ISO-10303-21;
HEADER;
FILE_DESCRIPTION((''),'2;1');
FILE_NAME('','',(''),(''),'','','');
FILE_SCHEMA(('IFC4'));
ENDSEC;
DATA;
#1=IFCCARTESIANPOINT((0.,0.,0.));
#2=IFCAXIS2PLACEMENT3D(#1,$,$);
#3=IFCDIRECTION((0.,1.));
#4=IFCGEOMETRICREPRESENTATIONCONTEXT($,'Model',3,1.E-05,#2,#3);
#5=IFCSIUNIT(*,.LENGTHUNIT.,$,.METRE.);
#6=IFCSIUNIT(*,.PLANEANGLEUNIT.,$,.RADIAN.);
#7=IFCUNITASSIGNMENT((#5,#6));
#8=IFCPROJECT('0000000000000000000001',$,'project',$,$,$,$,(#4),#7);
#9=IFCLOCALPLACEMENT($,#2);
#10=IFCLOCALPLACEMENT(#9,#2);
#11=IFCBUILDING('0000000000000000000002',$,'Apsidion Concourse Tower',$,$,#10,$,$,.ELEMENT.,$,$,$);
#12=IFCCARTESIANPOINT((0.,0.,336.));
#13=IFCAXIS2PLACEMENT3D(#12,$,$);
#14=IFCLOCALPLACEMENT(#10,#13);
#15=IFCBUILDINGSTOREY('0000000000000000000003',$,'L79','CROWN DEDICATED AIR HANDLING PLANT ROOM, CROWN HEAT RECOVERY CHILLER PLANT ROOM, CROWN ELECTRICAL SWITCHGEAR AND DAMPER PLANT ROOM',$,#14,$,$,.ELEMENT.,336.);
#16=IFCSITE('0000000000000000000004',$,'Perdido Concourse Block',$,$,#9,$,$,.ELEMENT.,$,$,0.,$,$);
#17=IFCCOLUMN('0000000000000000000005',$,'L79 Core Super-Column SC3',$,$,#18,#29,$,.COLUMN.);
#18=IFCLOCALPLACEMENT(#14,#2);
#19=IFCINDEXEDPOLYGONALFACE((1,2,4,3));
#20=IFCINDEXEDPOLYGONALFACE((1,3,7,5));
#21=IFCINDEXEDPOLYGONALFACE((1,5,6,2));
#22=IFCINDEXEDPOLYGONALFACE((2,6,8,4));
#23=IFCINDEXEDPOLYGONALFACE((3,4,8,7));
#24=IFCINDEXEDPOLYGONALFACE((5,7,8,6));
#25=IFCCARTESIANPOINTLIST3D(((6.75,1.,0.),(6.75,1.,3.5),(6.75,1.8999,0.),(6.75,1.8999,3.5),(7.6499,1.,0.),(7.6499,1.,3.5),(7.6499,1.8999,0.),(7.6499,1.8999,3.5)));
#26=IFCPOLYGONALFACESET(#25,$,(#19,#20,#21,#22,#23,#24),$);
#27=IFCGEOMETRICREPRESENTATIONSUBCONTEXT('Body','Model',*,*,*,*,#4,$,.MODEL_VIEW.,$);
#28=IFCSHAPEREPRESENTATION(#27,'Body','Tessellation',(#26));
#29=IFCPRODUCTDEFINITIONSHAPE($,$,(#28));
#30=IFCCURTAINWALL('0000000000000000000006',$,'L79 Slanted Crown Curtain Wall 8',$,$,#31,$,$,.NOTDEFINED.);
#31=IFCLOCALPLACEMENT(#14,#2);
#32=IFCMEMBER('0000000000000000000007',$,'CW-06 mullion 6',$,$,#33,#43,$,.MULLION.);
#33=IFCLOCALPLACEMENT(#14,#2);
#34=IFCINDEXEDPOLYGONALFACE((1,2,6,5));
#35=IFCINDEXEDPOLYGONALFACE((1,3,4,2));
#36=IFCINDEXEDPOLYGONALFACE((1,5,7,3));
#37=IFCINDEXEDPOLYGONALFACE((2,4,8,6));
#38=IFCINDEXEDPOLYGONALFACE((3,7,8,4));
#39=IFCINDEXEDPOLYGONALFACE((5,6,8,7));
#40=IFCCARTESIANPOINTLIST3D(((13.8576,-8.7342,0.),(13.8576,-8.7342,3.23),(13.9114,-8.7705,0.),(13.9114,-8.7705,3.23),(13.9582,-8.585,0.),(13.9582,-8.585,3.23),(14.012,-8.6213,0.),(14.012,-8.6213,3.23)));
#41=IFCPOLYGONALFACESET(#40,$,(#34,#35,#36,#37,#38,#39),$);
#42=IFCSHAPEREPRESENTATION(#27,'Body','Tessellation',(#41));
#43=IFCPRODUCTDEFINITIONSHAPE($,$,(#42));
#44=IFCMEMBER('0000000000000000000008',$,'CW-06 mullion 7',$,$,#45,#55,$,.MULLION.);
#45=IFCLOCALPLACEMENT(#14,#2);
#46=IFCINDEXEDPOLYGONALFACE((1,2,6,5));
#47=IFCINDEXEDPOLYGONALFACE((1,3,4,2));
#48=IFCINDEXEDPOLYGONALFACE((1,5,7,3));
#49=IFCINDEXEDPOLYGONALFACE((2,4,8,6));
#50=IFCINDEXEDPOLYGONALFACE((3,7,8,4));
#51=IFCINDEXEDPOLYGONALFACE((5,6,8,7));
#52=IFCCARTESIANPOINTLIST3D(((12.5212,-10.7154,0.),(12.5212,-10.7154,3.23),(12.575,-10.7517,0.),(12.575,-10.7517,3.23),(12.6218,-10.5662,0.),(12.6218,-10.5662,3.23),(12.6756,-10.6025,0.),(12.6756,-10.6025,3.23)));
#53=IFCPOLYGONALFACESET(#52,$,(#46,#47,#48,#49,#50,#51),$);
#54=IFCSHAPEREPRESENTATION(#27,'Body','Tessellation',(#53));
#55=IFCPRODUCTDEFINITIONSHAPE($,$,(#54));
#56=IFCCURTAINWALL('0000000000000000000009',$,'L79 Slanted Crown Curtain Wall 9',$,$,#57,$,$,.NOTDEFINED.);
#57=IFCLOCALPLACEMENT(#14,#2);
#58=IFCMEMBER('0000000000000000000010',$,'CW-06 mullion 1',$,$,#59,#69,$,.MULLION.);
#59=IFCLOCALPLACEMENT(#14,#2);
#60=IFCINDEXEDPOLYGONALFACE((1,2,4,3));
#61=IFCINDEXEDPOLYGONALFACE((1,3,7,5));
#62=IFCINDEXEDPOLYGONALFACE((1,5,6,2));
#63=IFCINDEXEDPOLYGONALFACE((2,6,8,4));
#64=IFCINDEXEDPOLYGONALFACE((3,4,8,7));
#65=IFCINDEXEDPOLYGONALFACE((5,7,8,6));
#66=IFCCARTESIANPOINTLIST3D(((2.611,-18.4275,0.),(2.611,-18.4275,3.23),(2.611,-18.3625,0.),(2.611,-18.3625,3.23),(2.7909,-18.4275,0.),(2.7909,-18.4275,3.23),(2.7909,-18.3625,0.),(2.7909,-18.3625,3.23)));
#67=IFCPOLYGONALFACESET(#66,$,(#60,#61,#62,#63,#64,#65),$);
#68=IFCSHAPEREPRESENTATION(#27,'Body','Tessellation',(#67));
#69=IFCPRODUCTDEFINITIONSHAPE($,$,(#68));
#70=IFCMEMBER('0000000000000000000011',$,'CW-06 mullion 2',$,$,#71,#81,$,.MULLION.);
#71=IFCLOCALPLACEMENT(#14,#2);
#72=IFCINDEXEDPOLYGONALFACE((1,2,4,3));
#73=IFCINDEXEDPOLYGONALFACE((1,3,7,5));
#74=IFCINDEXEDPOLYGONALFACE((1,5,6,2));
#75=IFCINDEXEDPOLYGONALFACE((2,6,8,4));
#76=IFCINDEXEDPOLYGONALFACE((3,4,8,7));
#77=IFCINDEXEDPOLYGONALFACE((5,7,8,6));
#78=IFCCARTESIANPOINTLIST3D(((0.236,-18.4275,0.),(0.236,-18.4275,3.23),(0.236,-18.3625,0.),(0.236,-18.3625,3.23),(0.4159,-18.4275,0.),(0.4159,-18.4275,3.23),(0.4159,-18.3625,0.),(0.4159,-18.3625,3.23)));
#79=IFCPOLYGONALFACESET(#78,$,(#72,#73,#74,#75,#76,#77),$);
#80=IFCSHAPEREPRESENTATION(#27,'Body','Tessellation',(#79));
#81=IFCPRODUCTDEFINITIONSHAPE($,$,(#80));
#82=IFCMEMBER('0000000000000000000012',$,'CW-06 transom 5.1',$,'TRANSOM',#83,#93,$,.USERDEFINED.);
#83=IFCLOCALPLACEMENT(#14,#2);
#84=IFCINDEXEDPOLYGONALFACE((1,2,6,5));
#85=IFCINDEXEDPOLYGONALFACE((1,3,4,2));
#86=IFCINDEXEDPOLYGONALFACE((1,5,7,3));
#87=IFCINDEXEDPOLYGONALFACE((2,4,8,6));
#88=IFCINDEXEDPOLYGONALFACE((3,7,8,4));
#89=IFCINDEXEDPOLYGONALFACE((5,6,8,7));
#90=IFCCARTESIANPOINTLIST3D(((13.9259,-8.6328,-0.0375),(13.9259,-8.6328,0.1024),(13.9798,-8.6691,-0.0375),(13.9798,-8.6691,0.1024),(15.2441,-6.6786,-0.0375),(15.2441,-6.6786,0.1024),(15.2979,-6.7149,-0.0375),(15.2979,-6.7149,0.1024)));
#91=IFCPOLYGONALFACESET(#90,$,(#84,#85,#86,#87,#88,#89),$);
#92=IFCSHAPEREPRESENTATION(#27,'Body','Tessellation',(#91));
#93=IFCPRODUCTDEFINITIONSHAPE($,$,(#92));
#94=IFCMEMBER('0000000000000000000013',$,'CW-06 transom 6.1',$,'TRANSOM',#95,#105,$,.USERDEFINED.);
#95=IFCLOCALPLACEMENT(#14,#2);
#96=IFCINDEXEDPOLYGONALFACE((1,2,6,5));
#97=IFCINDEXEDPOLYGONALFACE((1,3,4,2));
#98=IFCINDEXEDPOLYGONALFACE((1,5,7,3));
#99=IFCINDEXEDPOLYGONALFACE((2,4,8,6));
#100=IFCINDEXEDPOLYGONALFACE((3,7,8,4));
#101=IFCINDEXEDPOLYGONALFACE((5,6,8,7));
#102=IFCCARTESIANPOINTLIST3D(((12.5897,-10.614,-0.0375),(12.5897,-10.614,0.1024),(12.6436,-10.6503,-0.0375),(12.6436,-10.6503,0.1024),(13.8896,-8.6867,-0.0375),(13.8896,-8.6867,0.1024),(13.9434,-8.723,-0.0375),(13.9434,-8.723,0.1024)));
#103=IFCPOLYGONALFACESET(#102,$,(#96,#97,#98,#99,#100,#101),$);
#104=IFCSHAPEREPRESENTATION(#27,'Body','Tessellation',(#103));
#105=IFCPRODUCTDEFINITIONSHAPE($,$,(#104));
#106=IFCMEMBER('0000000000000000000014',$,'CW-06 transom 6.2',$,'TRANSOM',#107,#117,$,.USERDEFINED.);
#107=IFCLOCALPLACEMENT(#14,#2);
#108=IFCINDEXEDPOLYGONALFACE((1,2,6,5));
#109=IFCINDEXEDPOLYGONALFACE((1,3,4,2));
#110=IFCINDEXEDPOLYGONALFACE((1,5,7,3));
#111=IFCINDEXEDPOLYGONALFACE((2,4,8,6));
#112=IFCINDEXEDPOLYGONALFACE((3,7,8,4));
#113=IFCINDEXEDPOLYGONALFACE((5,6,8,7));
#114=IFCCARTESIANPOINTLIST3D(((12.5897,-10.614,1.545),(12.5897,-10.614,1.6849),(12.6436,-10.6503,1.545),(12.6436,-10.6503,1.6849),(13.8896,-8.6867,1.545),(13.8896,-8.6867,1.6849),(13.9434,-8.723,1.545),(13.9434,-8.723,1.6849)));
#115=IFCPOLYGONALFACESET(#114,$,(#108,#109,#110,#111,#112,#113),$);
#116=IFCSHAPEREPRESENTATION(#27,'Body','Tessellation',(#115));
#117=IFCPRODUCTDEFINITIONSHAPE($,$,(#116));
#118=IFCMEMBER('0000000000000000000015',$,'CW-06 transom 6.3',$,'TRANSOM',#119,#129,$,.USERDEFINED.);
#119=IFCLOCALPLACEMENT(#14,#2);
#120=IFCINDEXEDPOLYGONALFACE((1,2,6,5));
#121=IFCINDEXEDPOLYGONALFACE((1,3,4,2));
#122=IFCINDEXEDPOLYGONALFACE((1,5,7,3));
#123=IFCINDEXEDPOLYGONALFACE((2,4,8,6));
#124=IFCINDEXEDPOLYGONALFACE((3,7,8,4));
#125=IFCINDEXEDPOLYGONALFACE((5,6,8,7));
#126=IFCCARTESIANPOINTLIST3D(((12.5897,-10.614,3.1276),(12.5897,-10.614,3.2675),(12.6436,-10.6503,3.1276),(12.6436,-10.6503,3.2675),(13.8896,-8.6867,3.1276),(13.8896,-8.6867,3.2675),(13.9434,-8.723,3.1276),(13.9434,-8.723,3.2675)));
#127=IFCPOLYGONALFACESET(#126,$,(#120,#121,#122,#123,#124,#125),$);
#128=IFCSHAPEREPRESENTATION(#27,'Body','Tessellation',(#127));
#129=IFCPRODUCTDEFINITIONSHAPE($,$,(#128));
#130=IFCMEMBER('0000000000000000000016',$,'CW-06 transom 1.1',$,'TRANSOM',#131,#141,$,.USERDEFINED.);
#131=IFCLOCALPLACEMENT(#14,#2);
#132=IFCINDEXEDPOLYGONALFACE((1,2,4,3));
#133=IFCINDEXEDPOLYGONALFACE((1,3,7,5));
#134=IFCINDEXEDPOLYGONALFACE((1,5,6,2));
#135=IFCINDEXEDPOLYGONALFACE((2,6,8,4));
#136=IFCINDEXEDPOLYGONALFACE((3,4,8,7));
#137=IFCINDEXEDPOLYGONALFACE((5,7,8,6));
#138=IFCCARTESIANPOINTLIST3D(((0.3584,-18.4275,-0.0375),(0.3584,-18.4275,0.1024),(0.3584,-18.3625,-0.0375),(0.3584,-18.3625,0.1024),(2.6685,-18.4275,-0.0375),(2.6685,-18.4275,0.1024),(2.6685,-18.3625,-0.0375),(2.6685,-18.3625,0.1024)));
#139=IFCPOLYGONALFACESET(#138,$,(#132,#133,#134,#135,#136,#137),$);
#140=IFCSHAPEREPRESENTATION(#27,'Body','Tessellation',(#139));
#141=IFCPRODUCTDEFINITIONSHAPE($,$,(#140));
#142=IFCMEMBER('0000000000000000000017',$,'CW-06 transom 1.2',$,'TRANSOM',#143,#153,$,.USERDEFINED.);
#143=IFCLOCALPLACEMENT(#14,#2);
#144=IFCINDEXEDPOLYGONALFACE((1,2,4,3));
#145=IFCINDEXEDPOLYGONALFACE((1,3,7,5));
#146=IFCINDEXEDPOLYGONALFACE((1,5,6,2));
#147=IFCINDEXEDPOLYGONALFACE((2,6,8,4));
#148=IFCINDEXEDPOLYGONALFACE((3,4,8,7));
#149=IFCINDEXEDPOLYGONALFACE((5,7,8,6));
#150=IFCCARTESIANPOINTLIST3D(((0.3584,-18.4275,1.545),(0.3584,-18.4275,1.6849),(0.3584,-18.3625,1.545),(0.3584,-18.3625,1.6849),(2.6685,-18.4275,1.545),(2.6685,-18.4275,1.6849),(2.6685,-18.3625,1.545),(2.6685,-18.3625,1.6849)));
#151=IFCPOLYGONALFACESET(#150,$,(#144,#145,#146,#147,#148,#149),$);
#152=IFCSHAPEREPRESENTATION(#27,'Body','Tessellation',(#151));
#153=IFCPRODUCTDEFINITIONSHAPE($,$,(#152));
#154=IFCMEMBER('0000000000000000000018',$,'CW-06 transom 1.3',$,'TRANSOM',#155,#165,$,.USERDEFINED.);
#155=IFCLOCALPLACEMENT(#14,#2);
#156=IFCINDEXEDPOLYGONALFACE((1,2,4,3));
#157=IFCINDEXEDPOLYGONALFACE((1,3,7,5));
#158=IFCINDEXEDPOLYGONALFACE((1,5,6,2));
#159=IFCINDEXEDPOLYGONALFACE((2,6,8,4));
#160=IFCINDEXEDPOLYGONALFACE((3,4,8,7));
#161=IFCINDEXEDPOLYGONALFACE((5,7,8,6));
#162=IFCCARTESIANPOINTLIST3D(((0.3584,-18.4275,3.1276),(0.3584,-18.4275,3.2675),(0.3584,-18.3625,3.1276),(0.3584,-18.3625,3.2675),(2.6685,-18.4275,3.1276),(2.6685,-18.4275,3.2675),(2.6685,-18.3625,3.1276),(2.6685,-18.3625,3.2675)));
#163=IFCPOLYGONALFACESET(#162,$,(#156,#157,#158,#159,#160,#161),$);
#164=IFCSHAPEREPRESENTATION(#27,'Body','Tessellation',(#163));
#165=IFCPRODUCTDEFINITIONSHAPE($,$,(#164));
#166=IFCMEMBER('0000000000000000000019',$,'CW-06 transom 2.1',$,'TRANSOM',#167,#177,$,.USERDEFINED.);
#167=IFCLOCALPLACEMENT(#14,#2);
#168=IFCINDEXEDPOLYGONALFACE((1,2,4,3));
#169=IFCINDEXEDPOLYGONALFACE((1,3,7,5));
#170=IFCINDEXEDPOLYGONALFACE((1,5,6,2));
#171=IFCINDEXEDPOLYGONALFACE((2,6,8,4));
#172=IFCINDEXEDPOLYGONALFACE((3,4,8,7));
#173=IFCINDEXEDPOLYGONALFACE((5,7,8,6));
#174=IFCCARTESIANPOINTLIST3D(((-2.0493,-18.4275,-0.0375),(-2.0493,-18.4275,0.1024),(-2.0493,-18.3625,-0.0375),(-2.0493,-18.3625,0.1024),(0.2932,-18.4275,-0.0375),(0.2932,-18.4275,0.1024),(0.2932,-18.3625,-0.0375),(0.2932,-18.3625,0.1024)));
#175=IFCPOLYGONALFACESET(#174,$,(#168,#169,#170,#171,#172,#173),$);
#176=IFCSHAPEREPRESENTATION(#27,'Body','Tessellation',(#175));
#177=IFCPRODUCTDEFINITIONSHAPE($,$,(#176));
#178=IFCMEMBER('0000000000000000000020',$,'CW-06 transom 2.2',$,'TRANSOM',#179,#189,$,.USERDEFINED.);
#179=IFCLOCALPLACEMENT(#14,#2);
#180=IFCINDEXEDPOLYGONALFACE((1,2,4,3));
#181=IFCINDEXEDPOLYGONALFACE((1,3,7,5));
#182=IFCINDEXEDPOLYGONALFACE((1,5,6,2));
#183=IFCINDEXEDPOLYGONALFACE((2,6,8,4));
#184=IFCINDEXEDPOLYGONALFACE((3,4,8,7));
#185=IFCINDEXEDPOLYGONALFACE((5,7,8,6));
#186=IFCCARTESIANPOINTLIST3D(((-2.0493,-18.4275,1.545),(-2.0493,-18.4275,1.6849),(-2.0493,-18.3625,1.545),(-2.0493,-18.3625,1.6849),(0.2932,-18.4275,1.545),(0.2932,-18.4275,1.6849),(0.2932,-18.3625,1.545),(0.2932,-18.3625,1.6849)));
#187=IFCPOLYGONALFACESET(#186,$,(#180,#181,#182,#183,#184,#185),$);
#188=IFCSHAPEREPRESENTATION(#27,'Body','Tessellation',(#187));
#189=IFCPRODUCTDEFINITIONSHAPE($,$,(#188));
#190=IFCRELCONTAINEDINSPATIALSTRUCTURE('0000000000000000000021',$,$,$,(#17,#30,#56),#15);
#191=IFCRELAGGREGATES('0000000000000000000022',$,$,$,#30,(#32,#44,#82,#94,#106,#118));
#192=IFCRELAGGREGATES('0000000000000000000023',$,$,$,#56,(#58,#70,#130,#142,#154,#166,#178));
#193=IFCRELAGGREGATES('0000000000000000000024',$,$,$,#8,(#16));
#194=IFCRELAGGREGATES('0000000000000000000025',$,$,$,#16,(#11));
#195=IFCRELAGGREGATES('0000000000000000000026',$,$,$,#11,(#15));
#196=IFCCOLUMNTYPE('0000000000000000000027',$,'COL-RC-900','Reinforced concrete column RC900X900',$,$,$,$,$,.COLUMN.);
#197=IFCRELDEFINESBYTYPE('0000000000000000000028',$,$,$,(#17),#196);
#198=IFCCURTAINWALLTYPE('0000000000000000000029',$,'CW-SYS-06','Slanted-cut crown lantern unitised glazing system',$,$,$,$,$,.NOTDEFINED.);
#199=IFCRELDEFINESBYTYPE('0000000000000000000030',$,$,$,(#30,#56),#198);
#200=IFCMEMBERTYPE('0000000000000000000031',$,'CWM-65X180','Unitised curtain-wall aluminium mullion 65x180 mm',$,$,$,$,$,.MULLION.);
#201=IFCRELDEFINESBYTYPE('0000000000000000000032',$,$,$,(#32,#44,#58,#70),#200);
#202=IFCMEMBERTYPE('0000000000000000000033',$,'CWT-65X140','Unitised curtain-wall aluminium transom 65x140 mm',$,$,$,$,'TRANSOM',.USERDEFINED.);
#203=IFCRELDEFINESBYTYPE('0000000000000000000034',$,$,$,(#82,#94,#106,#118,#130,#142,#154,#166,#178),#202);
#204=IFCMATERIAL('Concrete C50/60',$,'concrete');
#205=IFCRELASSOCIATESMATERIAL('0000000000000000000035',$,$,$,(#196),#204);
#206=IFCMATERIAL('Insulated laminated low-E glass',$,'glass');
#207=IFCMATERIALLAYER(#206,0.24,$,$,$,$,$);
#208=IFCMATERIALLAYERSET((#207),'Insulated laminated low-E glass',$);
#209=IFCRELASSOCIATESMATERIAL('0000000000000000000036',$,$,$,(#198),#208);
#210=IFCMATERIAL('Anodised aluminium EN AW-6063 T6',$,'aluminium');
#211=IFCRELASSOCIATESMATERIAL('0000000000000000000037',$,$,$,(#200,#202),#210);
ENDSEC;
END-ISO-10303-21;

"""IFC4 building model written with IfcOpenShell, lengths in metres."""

from ifc_helpers import new_model, si_unit, direction, frame, origin, origin_2d, place, context, subcontext, project, spatial, rectangle, extrude, material, layer, layer_set, material_profile, profile_set, type_object, element, aggregate, save


model = new_model("IFC4")

# Units and contexts
model_context = context("Model", 3, precision=1e-05, world=origin(), true_north=direction((0.0, 1.0)))
body_context = subcontext(model_context, "Body", "Model", "MODEL_VIEW")
ifc_project = project(units=[si_unit("LENGTHUNIT", "METRE"), si_unit("PLANEANGLEUNIT", "RADIAN")], contexts=[model_context])

# Site, building, storey
site_placement = place(None, origin())
site = spatial("IfcSite", under=ifc_project, at=site_placement, Name="Perdido Concourse Block", CompositionType="ELEMENT", RefElevation=0.0)
building_placement = place(site_placement, origin())
building = spatial("IfcBuilding", under=site, at=building_placement, Name="Apsidion Concourse Tower", CompositionType="ELEMENT")
storey_placement = place(building_placement, frame((0.0, 0.0, 336.0)))
storey = spatial("IfcBuildingStorey", under=building, at=storey_placement, Name="L79", Description="CROWN DEDICATED AIR HANDLING PLANT ROOM, CROWN HEAT RECOVERY CHILLER PLANT ROOM, CROWN ELECTRICAL SWITCHGEAR AND DAMPER PLANT ROOM", CompositionType="ELEMENT", Elevation=336.0)

# Column
ifc_material_1 = material(Name="Concrete C50/60", Category="concrete")
ifc_material_profile_1 = material_profile(ifc_material_1, rectangle(XDim=0.8999, YDim=0.8999, at=origin_2d()), Name="RC 900x900")
ifc_profile_set_1 = profile_set([ifc_material_profile_1], Name="Concrete C50/60")
column_type = type_object("IfcColumnType", Name="COL-RC-900", Description="Reinforced concrete column RC900X900", PredefinedType="COLUMN", material=ifc_profile_set_1)
column_placement = place(storey_placement, frame((7.2, 1.45, 0.0), z_axis=(0.0, 0.0, 1.0), x_axis=(1.0, 0.0, 0.0)))
element("IfcColumn", 1, at=column_placement, inside=storey, type_object=column_type, Name="L79 Core Super-Column SC3", PredefinedType="COLUMN", context=body_context, shape_type="SweptSolid", body=[
    extrude(rectangle(XDim=0.8999, YDim=0.8999, at=origin_2d()), origin(), (0.0, 0.0, 1.0), 3.5),
])

# Curtain walls, members
ifc_material_2 = material(Name="Insulated laminated low-E glass", Category="glass")
ifc_layer_1 = layer(ifc_material_2, 0.24)
ifc_layer_set_1 = layer_set([ifc_layer_1], Name="Insulated laminated low-E glass")
curtain_wall_type = type_object("IfcCurtainWallType", Name="CW-SYS-06", Description="Slanted-cut crown lantern unitised glazing system", PredefinedType="NOTDEFINED", material=ifc_layer_set_1)
curtain_wall_1_placement = place(storey_placement, origin())
curtain_wall_1 = element("IfcCurtainWall", 2, at=curtain_wall_1_placement, inside=storey, type_object=curtain_wall_type, Name="L79 Slanted Crown Curtain Wall 8", PredefinedType="NOTDEFINED")
ifc_material_3 = material(Name="Anodised aluminium EN AW-6063 T6", Category="aluminium")
ifc_material_profile_2 = material_profile(ifc_material_3, rectangle(XDim=0.0649, YDim=0.1799, at=origin_2d()), Name="ALU MULLION 65x180")
ifc_profile_set_2 = profile_set([ifc_material_profile_2], Name="Anodised aluminium EN AW-6063 T6")
member_type_1 = type_object("IfcMemberType", Name="CWM-65X180", Description="Unitised curtain-wall aluminium mullion 65x180 mm", PredefinedType="MULLION", material=ifc_profile_set_2)
member_1_placement = place(storey_placement, frame((13.9348, -8.6777, 0.0), z_axis=(0.0, 0.0, 1.0), x_axis=(0.829038, -0.559192, 0.0)))
member_1 = element("IfcMember", 3, at=member_1_placement, type_object=member_type_1, Name="CW-06 mullion 6", PredefinedType="MULLION", context=body_context, shape_type="SweptSolid", body=[
    extrude(rectangle(XDim=0.0649, YDim=0.1799, at=origin_2d()), origin(), (0.0, 0.0, 1.0), 3.23),
])
member_2_placement = place(storey_placement, frame((12.5984, -10.6589, 0.0), z_axis=(0.0, 0.0, 1.0), x_axis=(0.829038, -0.559192, 0.0)))
member_2 = element("IfcMember", 4, at=member_2_placement, type_object=member_type_1, Name="CW-06 mullion 7", PredefinedType="MULLION", context=body_context, shape_type="SweptSolid", body=[
    extrude(rectangle(XDim=0.0649, YDim=0.1799, at=origin_2d()), origin(), (0.0, 0.0, 1.0), 3.23),
])
curtain_wall_2_placement = place(storey_placement, origin())
curtain_wall_2 = element("IfcCurtainWall", 5, at=curtain_wall_2_placement, inside=storey, type_object=curtain_wall_type, Name="L79 Slanted Crown Curtain Wall 9", PredefinedType="NOTDEFINED")
member_3_placement = place(storey_placement, frame((2.7009, -18.395, 0.0), z_axis=(0.0, 0.0, 1.0), x_axis=(0.0, -1.0, 0.0)))
member_3 = element("IfcMember", 6, at=member_3_placement, type_object=member_type_1, Name="CW-06 mullion 1", PredefinedType="MULLION", context=body_context, shape_type="SweptSolid", body=[
    extrude(rectangle(XDim=0.0649, YDim=0.1799, at=origin_2d()), origin(), (0.0, 0.0, 1.0), 3.23),
])
member_4_placement = place(storey_placement, frame((0.3259, -18.395, 0.0), z_axis=(0.0, 0.0, 1.0), x_axis=(0.0, -1.0, 0.0)))
member_4 = element("IfcMember", 7, at=member_4_placement, type_object=member_type_1, Name="CW-06 mullion 2", PredefinedType="MULLION", context=body_context, shape_type="SweptSolid", body=[
    extrude(rectangle(XDim=0.0649, YDim=0.1799, at=origin_2d()), origin(), (0.0, 0.0, 1.0), 3.23),
])

# Members
ifc_material_profile_3 = material_profile(ifc_material_3, rectangle(XDim=0.0649, YDim=0.1399, at=origin_2d()), Name="ALU TRANSOM 65x140")
ifc_profile_set_3 = profile_set([ifc_material_profile_3], Name="Anodised aluminium EN AW-6063 T6")
member_type_2 = type_object("IfcMemberType", Name="CWT-65X140", Description="Unitised curtain-wall aluminium transom 65x140 mm", ElementType="TRANSOM", PredefinedType="USERDEFINED", material=ifc_profile_set_3)
member_5_placement = place(storey_placement, frame((15.271, -6.6968, 0.0325), z_axis=(-0.55921, -0.829026, 0.0), x_axis=(0.829026, -0.55921, 0.0)))
member_5 = element("IfcMember", 8, at=member_5_placement, type_object=member_type_2, Name="CW-06 transom 5.1", ObjectType="TRANSOM", PredefinedType="USERDEFINED", context=body_context, shape_type="SweptSolid", body=[
    extrude(rectangle(XDim=0.0649, YDim=0.1399, at=origin_2d()), origin(), (0.0, 0.0, 1.0), 2.3572),
])
member_6_placement = place(storey_placement, frame((13.9165, -8.7048, 0.0325), z_axis=(-0.559152, -0.829065, 0.0), x_axis=(0.829065, -0.559152, 0.0)))
member_6 = element("IfcMember", 9, at=member_6_placement, type_object=member_type_2, Name="CW-06 transom 6.1", ObjectType="TRANSOM", PredefinedType="USERDEFINED", context=body_context, shape_type="SweptSolid", body=[
    extrude(rectangle(XDim=0.0649, YDim=0.1399, at=origin_2d()), origin(), (0.0, 0.0, 1.0), 2.3247),
])
member_7_placement = place(storey_placement, frame((13.9165, -8.7048, 1.615), z_axis=(-0.559152, -0.829065, 0.0), x_axis=(0.829065, -0.559152, 0.0)))
member_7 = element("IfcMember", 10, at=member_7_placement, type_object=member_type_2, Name="CW-06 transom 6.2", ObjectType="TRANSOM", PredefinedType="USERDEFINED", context=body_context, shape_type="SweptSolid", body=[
    extrude(rectangle(XDim=0.0649, YDim=0.1399, at=origin_2d()), origin(), (0.0, 0.0, 1.0), 2.3247),
])
member_8_placement = place(storey_placement, frame((13.9165, -8.7048, 3.1975), z_axis=(-0.559152, -0.829065, 0.0), x_axis=(0.829065, -0.559152, 0.0)))
member_8 = element("IfcMember", 11, at=member_8_placement, type_object=member_type_2, Name="CW-06 transom 6.3", ObjectType="TRANSOM", PredefinedType="USERDEFINED", context=body_context, shape_type="SweptSolid", body=[
    extrude(rectangle(XDim=0.0649, YDim=0.1399, at=origin_2d()), origin(), (0.0, 0.0, 1.0), 2.3247),
])
member_9_placement = place(storey_placement, frame((2.6685, -18.395, 0.0325), z_axis=(-1.0, 0.0, 0.0), x_axis=(0.0, -1.0, 0.0)))
member_9 = element("IfcMember", 12, at=member_9_placement, type_object=member_type_2, Name="CW-06 transom 1.1", ObjectType="TRANSOM", PredefinedType="USERDEFINED", context=body_context, shape_type="SweptSolid", body=[
    extrude(rectangle(XDim=0.0649, YDim=0.1399, at=origin_2d()), origin(), (0.0, 0.0, 1.0), 2.3101),
])
member_10_placement = place(storey_placement, frame((2.6685, -18.395, 1.615), z_axis=(-1.0, 0.0, 0.0), x_axis=(0.0, -1.0, 0.0)))
member_10 = element("IfcMember", 13, at=member_10_placement, type_object=member_type_2, Name="CW-06 transom 1.2", ObjectType="TRANSOM", PredefinedType="USERDEFINED", context=body_context, shape_type="SweptSolid", body=[
    extrude(rectangle(XDim=0.0649, YDim=0.1399, at=origin_2d()), origin(), (0.0, 0.0, 1.0), 2.3101),
])
member_11_placement = place(storey_placement, frame((2.6685, -18.395, 3.1975), z_axis=(-1.0, 0.0, 0.0), x_axis=(0.0, -1.0, 0.0)))
member_11 = element("IfcMember", 14, at=member_11_placement, type_object=member_type_2, Name="CW-06 transom 1.3", ObjectType="TRANSOM", PredefinedType="USERDEFINED", context=body_context, shape_type="SweptSolid", body=[
    extrude(rectangle(XDim=0.0649, YDim=0.1399, at=origin_2d()), origin(), (0.0, 0.0, 1.0), 2.3101),
])
member_12_placement = place(storey_placement, frame((0.2932, -18.395, 0.0325), z_axis=(-1.0, 0.0, 0.0), x_axis=(0.0, -1.0, 0.0)))
member_12 = element("IfcMember", 15, at=member_12_placement, type_object=member_type_2, Name="CW-06 transom 2.1", ObjectType="TRANSOM", PredefinedType="USERDEFINED", context=body_context, shape_type="SweptSolid", body=[
    extrude(rectangle(XDim=0.0649, YDim=0.1399, at=origin_2d()), origin(), (0.0, 0.0, 1.0), 2.3425),
])
member_13_placement = place(storey_placement, frame((0.2932, -18.395, 1.615), z_axis=(-1.0, 0.0, 0.0), x_axis=(0.0, -1.0, 0.0)))
member_13 = element("IfcMember", 16, at=member_13_placement, type_object=member_type_2, Name="CW-06 transom 2.2", ObjectType="TRANSOM", PredefinedType="USERDEFINED", context=body_context, shape_type="SweptSolid", body=[
    extrude(rectangle(XDim=0.0649, YDim=0.1399, at=origin_2d()), origin(), (0.0, 0.0, 1.0), 2.3425),
])

aggregate(curtain_wall_1, [member_1, member_2, member_5, member_6, member_7, member_8])
aggregate(curtain_wall_2, [member_3, member_4, member_9, member_10, member_11, member_12, member_13])

save(model, "model.ifc")
